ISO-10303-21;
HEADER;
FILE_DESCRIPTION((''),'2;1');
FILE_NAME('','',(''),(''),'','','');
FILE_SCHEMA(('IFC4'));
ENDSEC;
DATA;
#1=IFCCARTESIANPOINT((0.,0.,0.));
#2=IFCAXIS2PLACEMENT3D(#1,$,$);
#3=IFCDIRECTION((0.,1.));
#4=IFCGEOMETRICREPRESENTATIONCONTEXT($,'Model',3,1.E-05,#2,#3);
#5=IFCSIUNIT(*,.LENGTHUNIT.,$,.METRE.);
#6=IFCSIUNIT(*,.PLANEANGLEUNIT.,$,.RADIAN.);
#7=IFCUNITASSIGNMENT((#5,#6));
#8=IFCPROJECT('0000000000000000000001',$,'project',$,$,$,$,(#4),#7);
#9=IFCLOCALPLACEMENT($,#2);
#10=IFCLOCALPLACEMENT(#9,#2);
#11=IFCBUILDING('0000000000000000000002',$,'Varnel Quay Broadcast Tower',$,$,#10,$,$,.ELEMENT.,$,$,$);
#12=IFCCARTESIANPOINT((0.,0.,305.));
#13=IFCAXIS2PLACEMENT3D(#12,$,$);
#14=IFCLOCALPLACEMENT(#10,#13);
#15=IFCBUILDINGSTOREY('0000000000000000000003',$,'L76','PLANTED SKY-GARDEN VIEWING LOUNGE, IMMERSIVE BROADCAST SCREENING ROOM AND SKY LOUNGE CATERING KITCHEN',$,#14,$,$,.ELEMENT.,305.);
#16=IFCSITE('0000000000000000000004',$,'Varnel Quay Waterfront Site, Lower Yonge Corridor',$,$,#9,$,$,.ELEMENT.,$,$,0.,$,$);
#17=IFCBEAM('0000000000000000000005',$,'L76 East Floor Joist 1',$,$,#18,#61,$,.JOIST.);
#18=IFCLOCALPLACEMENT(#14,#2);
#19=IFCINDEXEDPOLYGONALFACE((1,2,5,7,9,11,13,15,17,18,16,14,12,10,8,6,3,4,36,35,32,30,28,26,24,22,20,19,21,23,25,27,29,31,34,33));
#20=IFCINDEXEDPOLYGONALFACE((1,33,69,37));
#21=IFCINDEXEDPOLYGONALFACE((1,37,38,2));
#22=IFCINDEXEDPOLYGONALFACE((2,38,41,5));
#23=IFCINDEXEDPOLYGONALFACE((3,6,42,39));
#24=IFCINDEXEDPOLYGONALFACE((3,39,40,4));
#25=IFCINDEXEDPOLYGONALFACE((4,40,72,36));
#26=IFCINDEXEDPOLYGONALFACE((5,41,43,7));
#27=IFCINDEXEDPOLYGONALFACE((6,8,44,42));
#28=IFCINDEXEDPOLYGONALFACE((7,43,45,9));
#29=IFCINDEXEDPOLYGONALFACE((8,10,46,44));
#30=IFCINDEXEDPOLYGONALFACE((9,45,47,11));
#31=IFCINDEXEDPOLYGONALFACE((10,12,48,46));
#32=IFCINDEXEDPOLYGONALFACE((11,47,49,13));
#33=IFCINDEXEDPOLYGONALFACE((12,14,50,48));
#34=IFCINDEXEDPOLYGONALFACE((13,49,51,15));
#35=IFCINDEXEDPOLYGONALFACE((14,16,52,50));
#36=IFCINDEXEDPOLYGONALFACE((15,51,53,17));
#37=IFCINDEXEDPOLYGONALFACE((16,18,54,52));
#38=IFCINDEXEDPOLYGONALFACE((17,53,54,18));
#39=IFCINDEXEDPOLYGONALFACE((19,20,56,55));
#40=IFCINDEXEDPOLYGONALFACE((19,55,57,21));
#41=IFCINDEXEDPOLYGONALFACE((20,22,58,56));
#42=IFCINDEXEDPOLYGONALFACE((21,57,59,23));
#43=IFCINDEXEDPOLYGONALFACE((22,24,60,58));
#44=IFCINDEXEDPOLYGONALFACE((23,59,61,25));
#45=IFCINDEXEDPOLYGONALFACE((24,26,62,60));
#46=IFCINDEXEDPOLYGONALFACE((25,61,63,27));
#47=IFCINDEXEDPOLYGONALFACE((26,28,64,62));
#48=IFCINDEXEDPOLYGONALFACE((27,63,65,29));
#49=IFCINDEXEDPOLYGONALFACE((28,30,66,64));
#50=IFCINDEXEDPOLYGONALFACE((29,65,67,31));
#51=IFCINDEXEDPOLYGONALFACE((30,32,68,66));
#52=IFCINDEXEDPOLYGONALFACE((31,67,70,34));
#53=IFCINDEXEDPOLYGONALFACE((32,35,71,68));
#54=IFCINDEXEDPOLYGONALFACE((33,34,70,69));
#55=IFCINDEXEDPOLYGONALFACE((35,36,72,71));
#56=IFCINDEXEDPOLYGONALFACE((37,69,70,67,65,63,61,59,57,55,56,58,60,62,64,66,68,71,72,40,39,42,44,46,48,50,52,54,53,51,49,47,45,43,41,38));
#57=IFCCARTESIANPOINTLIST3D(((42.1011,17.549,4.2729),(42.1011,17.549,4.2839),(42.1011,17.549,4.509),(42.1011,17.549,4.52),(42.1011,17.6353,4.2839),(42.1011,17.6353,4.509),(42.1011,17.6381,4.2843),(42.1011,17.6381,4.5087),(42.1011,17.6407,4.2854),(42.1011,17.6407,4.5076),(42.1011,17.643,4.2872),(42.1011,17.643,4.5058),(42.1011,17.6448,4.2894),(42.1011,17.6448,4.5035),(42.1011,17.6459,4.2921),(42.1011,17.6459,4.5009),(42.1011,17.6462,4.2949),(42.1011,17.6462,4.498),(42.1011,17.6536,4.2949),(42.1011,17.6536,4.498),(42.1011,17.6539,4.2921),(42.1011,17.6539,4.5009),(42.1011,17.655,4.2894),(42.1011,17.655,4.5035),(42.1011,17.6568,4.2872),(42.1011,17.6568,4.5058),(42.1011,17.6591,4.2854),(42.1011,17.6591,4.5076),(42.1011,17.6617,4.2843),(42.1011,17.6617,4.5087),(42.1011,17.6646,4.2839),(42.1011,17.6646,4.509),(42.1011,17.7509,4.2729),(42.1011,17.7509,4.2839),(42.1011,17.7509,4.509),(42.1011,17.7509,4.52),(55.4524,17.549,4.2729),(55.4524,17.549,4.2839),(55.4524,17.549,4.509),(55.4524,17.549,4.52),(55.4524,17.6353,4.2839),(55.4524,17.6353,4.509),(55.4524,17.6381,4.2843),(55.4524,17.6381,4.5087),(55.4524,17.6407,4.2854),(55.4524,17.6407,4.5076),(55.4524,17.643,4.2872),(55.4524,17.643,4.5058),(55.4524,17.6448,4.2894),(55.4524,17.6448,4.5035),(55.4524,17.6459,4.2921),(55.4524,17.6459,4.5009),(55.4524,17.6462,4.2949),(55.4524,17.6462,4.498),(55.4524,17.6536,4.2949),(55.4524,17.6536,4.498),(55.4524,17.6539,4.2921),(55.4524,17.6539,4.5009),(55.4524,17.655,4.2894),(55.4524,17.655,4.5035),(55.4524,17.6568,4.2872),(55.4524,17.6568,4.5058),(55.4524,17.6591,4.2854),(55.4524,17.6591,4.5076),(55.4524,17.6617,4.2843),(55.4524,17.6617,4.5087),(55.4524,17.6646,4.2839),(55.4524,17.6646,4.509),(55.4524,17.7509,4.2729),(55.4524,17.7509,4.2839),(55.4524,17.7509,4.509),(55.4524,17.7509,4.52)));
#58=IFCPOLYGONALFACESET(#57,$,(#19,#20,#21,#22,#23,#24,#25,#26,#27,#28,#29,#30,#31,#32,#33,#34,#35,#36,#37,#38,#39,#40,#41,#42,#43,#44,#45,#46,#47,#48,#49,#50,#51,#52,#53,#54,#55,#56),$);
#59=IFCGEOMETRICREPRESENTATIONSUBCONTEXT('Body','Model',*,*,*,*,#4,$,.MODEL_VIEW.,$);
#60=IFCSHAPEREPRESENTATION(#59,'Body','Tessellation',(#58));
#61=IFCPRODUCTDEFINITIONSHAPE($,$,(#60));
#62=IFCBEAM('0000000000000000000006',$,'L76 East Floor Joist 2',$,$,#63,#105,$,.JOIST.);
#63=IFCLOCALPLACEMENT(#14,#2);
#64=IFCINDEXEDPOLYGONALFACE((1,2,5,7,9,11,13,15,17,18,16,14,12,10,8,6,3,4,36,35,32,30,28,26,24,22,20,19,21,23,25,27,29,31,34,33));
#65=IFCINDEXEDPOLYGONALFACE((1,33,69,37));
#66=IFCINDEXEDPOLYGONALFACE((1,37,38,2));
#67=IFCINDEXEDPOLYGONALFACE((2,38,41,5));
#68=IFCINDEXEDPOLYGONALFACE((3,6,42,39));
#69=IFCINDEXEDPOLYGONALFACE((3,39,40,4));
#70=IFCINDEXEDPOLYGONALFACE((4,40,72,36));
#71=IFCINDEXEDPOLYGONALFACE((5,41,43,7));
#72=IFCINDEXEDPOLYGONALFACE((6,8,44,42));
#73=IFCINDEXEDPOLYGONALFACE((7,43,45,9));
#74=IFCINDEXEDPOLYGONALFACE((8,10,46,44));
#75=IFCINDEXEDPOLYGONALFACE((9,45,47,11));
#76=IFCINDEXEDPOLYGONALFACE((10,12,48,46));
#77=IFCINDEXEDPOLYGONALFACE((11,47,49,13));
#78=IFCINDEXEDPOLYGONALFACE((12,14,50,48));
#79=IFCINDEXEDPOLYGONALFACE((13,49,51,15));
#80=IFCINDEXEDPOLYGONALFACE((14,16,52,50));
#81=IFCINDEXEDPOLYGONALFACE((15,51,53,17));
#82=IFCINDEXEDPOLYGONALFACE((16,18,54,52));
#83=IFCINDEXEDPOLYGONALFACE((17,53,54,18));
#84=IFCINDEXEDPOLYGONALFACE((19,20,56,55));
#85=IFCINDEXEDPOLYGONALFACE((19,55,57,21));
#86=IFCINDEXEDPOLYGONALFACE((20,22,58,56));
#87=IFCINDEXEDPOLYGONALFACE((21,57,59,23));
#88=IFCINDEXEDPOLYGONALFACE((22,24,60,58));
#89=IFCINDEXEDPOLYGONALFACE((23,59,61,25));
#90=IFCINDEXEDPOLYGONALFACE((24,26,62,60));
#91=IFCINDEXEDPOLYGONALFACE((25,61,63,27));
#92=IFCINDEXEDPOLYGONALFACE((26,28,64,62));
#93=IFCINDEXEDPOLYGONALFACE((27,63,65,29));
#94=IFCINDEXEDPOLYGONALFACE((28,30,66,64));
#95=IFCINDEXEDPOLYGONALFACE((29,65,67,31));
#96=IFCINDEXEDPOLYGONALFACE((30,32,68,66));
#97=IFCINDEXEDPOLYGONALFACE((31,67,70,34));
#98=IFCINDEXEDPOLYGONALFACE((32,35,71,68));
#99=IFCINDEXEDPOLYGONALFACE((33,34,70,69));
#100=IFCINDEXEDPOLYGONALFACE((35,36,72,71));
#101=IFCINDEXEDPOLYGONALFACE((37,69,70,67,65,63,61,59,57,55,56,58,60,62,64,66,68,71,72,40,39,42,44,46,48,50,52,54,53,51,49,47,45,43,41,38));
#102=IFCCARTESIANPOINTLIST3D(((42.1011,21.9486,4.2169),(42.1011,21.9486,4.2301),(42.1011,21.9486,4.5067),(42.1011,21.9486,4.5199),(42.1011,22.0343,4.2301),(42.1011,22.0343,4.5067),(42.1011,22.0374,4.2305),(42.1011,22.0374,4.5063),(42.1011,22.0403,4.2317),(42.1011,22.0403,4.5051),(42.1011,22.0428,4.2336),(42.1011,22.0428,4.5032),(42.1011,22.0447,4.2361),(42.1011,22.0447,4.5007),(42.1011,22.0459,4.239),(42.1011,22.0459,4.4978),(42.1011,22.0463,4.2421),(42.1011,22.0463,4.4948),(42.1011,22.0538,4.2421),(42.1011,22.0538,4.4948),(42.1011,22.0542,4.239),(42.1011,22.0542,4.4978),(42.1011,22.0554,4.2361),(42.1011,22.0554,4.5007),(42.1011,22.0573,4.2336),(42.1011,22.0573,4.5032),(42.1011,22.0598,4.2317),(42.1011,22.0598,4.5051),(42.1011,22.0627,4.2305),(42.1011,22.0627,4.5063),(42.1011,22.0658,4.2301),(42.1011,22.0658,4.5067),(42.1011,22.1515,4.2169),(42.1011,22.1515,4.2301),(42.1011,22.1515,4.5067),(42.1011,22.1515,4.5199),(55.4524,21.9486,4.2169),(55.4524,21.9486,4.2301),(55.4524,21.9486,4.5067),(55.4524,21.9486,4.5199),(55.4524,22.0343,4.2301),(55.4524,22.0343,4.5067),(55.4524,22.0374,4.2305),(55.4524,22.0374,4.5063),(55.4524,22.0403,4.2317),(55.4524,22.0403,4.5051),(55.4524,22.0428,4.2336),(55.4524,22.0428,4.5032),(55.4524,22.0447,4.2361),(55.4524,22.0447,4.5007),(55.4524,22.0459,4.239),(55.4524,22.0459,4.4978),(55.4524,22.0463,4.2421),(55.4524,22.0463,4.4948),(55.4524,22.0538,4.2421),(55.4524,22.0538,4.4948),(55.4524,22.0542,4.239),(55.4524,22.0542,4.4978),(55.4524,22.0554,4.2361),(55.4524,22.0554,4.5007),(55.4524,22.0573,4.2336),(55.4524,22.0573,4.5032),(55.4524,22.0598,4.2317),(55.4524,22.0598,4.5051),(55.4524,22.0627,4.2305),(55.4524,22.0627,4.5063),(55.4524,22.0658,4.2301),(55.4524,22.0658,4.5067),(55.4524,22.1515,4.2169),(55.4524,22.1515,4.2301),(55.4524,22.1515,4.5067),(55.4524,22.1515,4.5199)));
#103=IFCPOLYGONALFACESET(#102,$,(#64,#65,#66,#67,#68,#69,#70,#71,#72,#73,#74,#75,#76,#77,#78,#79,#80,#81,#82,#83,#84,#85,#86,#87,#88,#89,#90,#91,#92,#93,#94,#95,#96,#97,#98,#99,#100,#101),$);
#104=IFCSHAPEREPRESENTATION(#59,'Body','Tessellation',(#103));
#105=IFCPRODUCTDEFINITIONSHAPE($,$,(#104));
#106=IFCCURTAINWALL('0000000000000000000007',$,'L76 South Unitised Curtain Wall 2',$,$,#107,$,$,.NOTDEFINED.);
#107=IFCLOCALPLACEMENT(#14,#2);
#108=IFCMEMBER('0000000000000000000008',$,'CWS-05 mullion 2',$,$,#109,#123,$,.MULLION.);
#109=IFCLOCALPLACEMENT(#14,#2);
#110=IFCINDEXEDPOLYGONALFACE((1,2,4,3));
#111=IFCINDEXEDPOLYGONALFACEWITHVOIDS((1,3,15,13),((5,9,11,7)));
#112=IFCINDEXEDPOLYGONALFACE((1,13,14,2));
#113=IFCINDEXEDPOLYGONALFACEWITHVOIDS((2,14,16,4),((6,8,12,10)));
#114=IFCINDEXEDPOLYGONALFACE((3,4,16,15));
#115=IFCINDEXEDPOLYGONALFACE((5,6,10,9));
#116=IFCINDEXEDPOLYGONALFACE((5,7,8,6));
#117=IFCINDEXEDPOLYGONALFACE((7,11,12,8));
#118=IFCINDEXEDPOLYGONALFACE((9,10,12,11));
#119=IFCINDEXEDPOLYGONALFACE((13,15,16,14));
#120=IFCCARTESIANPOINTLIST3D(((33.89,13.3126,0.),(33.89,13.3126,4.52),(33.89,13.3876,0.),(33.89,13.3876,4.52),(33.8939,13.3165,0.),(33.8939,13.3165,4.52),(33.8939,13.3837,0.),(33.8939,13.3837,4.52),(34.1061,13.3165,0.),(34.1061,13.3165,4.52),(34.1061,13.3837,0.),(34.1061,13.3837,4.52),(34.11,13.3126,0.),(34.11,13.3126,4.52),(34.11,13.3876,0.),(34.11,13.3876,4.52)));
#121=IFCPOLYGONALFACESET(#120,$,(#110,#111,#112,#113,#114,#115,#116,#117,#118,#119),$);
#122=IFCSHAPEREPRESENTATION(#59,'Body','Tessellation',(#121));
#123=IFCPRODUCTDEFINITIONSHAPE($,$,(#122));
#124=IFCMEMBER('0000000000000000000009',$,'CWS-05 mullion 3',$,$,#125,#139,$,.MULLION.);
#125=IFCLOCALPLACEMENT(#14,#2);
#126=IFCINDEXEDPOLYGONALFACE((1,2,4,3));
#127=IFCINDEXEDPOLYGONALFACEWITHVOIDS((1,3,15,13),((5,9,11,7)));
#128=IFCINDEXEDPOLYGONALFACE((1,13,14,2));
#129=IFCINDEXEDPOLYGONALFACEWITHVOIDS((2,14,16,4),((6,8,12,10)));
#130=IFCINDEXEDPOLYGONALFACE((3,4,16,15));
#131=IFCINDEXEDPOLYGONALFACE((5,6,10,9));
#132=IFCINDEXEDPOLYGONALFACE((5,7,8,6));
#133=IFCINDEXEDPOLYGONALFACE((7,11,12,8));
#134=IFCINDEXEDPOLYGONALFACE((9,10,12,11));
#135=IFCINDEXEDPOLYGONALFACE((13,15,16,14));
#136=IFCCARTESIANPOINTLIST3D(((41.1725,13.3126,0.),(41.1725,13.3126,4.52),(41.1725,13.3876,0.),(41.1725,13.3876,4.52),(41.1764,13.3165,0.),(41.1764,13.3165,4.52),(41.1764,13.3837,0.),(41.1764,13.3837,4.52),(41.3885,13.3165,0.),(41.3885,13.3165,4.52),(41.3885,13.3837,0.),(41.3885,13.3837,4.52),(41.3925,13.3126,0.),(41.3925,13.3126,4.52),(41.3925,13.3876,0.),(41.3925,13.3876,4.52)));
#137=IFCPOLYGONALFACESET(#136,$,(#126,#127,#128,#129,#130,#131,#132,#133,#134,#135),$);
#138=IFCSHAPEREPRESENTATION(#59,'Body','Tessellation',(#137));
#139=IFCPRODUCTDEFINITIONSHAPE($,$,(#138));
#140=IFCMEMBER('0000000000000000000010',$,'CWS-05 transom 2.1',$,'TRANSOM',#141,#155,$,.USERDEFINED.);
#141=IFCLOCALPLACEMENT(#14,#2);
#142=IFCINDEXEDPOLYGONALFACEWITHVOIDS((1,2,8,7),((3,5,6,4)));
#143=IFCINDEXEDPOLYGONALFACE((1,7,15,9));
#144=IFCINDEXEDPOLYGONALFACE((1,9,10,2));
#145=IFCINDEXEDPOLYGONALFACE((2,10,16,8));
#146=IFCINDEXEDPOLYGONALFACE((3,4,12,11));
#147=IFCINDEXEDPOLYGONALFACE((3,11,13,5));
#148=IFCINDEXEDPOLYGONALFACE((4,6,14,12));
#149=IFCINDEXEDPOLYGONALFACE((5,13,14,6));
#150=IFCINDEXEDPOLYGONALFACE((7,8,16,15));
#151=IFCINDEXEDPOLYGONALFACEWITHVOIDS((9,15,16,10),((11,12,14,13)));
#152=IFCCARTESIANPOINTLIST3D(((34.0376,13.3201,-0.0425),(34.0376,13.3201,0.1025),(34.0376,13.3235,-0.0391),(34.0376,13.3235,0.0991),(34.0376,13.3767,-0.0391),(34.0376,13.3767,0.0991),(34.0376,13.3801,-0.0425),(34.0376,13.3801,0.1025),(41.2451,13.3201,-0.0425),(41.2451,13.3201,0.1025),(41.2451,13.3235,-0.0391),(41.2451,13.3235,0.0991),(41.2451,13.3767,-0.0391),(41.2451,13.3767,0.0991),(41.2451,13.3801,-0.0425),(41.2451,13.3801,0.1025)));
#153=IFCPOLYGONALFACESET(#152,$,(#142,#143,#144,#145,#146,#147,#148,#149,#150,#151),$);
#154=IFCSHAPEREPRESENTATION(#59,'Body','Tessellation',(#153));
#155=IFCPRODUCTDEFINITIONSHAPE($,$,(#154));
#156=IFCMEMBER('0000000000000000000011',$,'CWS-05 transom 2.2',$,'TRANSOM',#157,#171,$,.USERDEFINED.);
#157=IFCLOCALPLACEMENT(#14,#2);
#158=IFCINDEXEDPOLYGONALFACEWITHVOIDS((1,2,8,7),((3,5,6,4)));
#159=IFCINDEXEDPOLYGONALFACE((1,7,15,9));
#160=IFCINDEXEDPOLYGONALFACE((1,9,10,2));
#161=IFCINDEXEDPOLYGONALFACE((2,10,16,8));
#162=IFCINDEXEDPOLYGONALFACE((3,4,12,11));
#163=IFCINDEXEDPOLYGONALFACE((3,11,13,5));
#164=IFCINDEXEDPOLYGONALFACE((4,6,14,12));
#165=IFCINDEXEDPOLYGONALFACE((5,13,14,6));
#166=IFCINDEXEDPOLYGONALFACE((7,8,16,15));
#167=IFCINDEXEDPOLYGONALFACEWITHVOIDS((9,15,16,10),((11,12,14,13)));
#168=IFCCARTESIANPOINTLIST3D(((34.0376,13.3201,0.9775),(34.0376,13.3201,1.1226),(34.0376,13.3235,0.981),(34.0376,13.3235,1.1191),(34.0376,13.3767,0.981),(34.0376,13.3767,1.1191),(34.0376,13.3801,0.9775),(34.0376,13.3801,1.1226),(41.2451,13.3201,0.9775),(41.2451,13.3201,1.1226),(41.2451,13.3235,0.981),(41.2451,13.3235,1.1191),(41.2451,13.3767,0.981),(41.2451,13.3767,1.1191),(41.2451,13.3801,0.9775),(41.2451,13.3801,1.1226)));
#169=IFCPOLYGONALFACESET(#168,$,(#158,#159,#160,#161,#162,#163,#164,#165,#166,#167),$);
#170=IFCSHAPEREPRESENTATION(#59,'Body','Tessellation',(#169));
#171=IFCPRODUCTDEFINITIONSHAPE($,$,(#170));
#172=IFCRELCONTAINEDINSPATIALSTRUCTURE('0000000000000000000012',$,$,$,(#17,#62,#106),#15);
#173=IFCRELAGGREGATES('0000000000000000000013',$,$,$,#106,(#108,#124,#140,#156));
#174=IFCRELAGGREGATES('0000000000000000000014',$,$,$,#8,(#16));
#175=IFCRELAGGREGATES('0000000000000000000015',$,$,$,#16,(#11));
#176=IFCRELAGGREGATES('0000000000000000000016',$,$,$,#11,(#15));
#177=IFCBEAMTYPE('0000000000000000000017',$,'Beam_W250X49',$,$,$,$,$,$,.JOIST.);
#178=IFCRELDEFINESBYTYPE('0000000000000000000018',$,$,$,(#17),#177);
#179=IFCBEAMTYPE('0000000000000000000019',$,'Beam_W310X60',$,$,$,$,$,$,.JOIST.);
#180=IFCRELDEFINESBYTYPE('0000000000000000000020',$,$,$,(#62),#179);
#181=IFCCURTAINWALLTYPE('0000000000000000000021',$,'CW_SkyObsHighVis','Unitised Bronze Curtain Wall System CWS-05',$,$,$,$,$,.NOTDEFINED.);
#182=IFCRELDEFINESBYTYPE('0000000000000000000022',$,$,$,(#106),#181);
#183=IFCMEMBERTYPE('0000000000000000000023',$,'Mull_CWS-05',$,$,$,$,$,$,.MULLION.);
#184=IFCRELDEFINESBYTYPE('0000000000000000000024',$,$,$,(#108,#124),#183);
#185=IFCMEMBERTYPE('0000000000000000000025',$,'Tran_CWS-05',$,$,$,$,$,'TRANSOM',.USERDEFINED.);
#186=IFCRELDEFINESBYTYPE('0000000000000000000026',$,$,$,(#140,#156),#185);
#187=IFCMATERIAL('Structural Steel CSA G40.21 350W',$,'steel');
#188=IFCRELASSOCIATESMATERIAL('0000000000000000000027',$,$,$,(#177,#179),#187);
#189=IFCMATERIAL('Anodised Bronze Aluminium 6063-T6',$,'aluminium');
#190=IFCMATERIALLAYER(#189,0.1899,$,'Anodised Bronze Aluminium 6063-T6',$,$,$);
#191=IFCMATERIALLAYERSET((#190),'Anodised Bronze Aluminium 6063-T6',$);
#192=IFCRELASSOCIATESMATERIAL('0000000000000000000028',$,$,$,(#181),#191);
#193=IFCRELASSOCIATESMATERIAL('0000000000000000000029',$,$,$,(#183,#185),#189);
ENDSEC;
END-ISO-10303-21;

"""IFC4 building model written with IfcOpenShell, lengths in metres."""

from ifc_helpers import new_model, si_unit, direction, frame, origin, origin_2d, place, context, subcontext, project, spatial, hollow_rectangle, i_section, extrude, source, transform, mapped, material, layer, layer_set, material_profile, profile_set, type_object, type_shapes, element, aggregate, save


model = new_model("IFC4")

# Units and contexts
model_context = context("Model", 3, precision=1e-05, world=origin(), true_north=direction((0.0, 1.0)))
body_context = subcontext(model_context, "Body", "Model", "MODEL_VIEW")
ifc_project = project(units=[si_unit("LENGTHUNIT", "METRE"), si_unit("PLANEANGLEUNIT", "RADIAN")], contexts=[model_context])

# Site, building, storey
site_placement = place(None, origin())
site = spatial("IfcSite", under=ifc_project, at=site_placement, Name="Varnel Quay Waterfront Site, Lower Yonge Corridor", CompositionType="ELEMENT", RefElevation=0.0)
building_placement = place(site_placement, origin())
building = spatial("IfcBuilding", under=site, at=building_placement, Name="Varnel Quay Broadcast Tower", CompositionType="ELEMENT")
storey_placement = place(building_placement, frame((0.0, 0.0, 305.0)))
storey = spatial("IfcBuildingStorey", under=building, at=storey_placement, Name="L76", Description="PLANTED SKY-GARDEN VIEWING LOUNGE, IMMERSIVE BROADCAST SCREENING ROOM AND SKY LOUNGE CATERING KITCHEN", CompositionType="ELEMENT", Elevation=305.0)

# Shared definitions
ifc_material_1 = material(Name="Structural Steel CSA G40.21 350W", Category="steel")

# Beams
ifc_material_profile_1 = material_profile(ifc_material_1, i_section(OverallWidth=0.2019, OverallDepth=0.2471, WebThickness=0.0073, FlangeThickness=0.011, FilletRadius=0.011, at=origin_2d()), Name="W250X49")
ifc_profile_set_1 = profile_set([ifc_material_profile_1], Name="Structural Steel CSA G40.21 350W")
beam_type_1 = type_object("IfcBeamType", Name="Beam_W250X49", PredefinedType="JOIST", material=ifc_profile_set_1)
shared_shape_1 = source(origin(), body_context, "Body", "SweptSolid", [
    extrude(i_section(OverallWidth=0.2019, OverallDepth=0.2471, WebThickness=0.0073, FlangeThickness=0.011, FilletRadius=0.011, at=origin_2d()), origin(), (0.0, 0.0, 1.0), 13.3513),
])
type_shapes(beam_type_1, [shared_shape_1])
beam_1_placement = place(storey_placement, frame((42.1011, 17.6499, 4.3965), z_axis=(1.0, 0.0, 0.0), x_axis=(0.0, 1.0, 0.0)))
element("IfcBeam", 1, at=beam_1_placement, inside=storey, type_object=beam_type_1, Name="L76 East Floor Joist 1", PredefinedType="JOIST", context=body_context, shape_type="MappedRepresentation", body=[
    mapped(shared_shape_1, transform((0.0, 0.0, 0.0), x_axis=(1.0, 0.0, 0.0), y_axis=(0.0, 1.0, 0.0), z_axis=(0.0, 0.0, 1.0), scale=1.0)),
])
ifc_material_profile_2 = material_profile(ifc_material_1, i_section(OverallWidth=0.2029, OverallDepth=0.303, WebThickness=0.0076, FlangeThickness=0.0132, FilletRadius=0.012, at=origin_2d()), Name="W310X60")
ifc_profile_set_2 = profile_set([ifc_material_profile_2], Name="Structural Steel CSA G40.21 350W")
beam_type_2 = type_object("IfcBeamType", Name="Beam_W310X60", PredefinedType="JOIST", material=ifc_profile_set_2)
shared_shape_2 = source(origin(), body_context, "Body", "SweptSolid", [
    extrude(i_section(OverallWidth=0.2029, OverallDepth=0.303, WebThickness=0.0076, FlangeThickness=0.0132, FilletRadius=0.012, at=origin_2d()), origin(), (0.0, 0.0, 1.0), 13.3513),
])
type_shapes(beam_type_2, [shared_shape_2])
beam_2_placement = place(storey_placement, frame((42.1011, 22.05, 4.3684), z_axis=(1.0, 0.0, 0.0), x_axis=(0.0, 1.0, 0.0)))
element("IfcBeam", 2, at=beam_2_placement, inside=storey, type_object=beam_type_2, Name="L76 East Floor Joist 2", PredefinedType="JOIST", context=body_context, shape_type="MappedRepresentation", body=[
    mapped(shared_shape_2, transform((0.0, 0.0, 0.0), x_axis=(1.0, 0.0, 0.0), y_axis=(0.0, 1.0, 0.0), z_axis=(0.0, 0.0, 1.0), scale=1.0)),
])

# Curtain wall, members
ifc_material_2 = material(Name="Anodised Bronze Aluminium 6063-T6", Category="aluminium")
ifc_layer_1 = layer(ifc_material_2, 0.1899, Name="Anodised Bronze Aluminium 6063-T6")
ifc_layer_set_1 = layer_set([ifc_layer_1], Name="Anodised Bronze Aluminium 6063-T6")
curtain_wall_type = type_object("IfcCurtainWallType", Name="CW_SkyObsHighVis", Description="Unitised Bronze Curtain Wall System CWS-05", PredefinedType="NOTDEFINED", material=ifc_layer_set_1)
curtain_wall_placement = place(storey_placement, origin())
curtain_wall = element("IfcCurtainWall", 3, at=curtain_wall_placement, inside=storey, type_object=curtain_wall_type, Name="L76 South Unitised Curtain Wall 2", PredefinedType="NOTDEFINED")
ifc_material_profile_3 = material_profile(ifc_material_2, hollow_rectangle(XDim=0.075, YDim=0.22, WallThickness=0.0039, at=origin_2d()), Name="ALU75X220X4")
ifc_profile_set_3 = profile_set([ifc_material_profile_3], Name="Anodised Bronze Aluminium 6063-T6")
member_type_1 = type_object("IfcMemberType", Name="Mull_CWS-05", PredefinedType="MULLION", material=ifc_profile_set_3)
shared_shape_3 = source(origin(), body_context, "Body", "SweptSolid", [
    extrude(hollow_rectangle(XDim=0.075, YDim=0.22, WallThickness=0.0039, at=origin_2d()), origin(), (0.0, 0.0, 1.0), 4.52),
])
type_shapes(member_type_1, [shared_shape_3])
member_1_placement = place(storey_placement, frame((34.0, 13.3501, 0.0), z_axis=(0.0, 0.0, 1.0), x_axis=(0.0, 1.0, 0.0)))
member_1 = element("IfcMember", 4, at=member_1_placement, type_object=member_type_1, Name="CWS-05 mullion 2", PredefinedType="MULLION", context=body_context, shape_type="MappedRepresentation", body=[
    mapped(shared_shape_3, transform((0.0, 0.0, 0.0), x_axis=(1.0, 0.0, 0.0), y_axis=(0.0, 1.0, 0.0), z_axis=(0.0, 0.0, 1.0), scale=1.0)),
])
member_2_placement = place(storey_placement, frame((41.2825, 13.3501, 0.0), z_axis=(0.0, 0.0, 1.0), x_axis=(0.0, 1.0, 0.0)))
member_2 = element("IfcMember", 5, at=member_2_placement, type_object=member_type_1, Name="CWS-05 mullion 3", PredefinedType="MULLION", context=body_context, shape_type="MappedRepresentation", body=[
    mapped(shared_shape_3, transform((0.0, 0.0, 0.0), x_axis=(1.0, 0.0, 0.0), y_axis=(0.0, 1.0, 0.0), z_axis=(0.0, 0.0, 1.0), scale=1.0)),
])
ifc_material_profile_4 = material_profile(ifc_material_2, hollow_rectangle(XDim=0.0601, YDim=0.145, WallThickness=0.0034, at=origin_2d()), Name="ALU60X145X3.5")
ifc_profile_set_4 = profile_set([ifc_material_profile_4], Name="Anodised Bronze Aluminium 6063-T6")
member_type_2 = type_object("IfcMemberType", Name="Tran_CWS-05", ElementType="TRANSOM", PredefinedType="USERDEFINED", material=ifc_profile_set_4)
shared_shape_4 = source(origin(), body_context, "Body", "SweptSolid", [
    extrude(hollow_rectangle(XDim=0.0601, YDim=0.145, WallThickness=0.0034, at=origin_2d()), origin(), (0.0, 0.0, 1.0), 7.2075),
])
type_shapes(member_type_2, [shared_shape_4])
member_3_placement = place(storey_placement, frame((34.0376, 13.3501, 0.03), z_axis=(1.0, 0.0, 0.0), x_axis=(0.0, 1.0, 0.0)))
member_3 = element("IfcMember", 6, at=member_3_placement, type_object=member_type_2, Name="CWS-05 transom 2.1", ObjectType="TRANSOM", PredefinedType="USERDEFINED", context=body_context, shape_type="MappedRepresentation", body=[
    mapped(shared_shape_4, transform((0.0, 0.0, 0.0), x_axis=(1.0, 0.0, 0.0), y_axis=(0.0, 1.0, 0.0), z_axis=(0.0, 0.0, 1.0), scale=1.0)),
])
member_4_placement = place(storey_placement, frame((34.0376, 13.3501, 1.05), z_axis=(1.0, 0.0, 0.0), x_axis=(0.0, 1.0, 0.0)))
member_4 = element("IfcMember", 7, at=member_4_placement, type_object=member_type_2, Name="CWS-05 transom 2.2", ObjectType="TRANSOM", PredefinedType="USERDEFINED", context=body_context, shape_type="MappedRepresentation", body=[
    mapped(shared_shape_4, transform((0.0, 0.0, 0.0), x_axis=(1.0, 0.0, 0.0), y_axis=(0.0, 1.0, 0.0), z_axis=(0.0, 0.0, 1.0), scale=1.0)),
])
aggregate(curtain_wall, [member_1, member_2, member_3, member_4])

save(model, "model.ifc")
